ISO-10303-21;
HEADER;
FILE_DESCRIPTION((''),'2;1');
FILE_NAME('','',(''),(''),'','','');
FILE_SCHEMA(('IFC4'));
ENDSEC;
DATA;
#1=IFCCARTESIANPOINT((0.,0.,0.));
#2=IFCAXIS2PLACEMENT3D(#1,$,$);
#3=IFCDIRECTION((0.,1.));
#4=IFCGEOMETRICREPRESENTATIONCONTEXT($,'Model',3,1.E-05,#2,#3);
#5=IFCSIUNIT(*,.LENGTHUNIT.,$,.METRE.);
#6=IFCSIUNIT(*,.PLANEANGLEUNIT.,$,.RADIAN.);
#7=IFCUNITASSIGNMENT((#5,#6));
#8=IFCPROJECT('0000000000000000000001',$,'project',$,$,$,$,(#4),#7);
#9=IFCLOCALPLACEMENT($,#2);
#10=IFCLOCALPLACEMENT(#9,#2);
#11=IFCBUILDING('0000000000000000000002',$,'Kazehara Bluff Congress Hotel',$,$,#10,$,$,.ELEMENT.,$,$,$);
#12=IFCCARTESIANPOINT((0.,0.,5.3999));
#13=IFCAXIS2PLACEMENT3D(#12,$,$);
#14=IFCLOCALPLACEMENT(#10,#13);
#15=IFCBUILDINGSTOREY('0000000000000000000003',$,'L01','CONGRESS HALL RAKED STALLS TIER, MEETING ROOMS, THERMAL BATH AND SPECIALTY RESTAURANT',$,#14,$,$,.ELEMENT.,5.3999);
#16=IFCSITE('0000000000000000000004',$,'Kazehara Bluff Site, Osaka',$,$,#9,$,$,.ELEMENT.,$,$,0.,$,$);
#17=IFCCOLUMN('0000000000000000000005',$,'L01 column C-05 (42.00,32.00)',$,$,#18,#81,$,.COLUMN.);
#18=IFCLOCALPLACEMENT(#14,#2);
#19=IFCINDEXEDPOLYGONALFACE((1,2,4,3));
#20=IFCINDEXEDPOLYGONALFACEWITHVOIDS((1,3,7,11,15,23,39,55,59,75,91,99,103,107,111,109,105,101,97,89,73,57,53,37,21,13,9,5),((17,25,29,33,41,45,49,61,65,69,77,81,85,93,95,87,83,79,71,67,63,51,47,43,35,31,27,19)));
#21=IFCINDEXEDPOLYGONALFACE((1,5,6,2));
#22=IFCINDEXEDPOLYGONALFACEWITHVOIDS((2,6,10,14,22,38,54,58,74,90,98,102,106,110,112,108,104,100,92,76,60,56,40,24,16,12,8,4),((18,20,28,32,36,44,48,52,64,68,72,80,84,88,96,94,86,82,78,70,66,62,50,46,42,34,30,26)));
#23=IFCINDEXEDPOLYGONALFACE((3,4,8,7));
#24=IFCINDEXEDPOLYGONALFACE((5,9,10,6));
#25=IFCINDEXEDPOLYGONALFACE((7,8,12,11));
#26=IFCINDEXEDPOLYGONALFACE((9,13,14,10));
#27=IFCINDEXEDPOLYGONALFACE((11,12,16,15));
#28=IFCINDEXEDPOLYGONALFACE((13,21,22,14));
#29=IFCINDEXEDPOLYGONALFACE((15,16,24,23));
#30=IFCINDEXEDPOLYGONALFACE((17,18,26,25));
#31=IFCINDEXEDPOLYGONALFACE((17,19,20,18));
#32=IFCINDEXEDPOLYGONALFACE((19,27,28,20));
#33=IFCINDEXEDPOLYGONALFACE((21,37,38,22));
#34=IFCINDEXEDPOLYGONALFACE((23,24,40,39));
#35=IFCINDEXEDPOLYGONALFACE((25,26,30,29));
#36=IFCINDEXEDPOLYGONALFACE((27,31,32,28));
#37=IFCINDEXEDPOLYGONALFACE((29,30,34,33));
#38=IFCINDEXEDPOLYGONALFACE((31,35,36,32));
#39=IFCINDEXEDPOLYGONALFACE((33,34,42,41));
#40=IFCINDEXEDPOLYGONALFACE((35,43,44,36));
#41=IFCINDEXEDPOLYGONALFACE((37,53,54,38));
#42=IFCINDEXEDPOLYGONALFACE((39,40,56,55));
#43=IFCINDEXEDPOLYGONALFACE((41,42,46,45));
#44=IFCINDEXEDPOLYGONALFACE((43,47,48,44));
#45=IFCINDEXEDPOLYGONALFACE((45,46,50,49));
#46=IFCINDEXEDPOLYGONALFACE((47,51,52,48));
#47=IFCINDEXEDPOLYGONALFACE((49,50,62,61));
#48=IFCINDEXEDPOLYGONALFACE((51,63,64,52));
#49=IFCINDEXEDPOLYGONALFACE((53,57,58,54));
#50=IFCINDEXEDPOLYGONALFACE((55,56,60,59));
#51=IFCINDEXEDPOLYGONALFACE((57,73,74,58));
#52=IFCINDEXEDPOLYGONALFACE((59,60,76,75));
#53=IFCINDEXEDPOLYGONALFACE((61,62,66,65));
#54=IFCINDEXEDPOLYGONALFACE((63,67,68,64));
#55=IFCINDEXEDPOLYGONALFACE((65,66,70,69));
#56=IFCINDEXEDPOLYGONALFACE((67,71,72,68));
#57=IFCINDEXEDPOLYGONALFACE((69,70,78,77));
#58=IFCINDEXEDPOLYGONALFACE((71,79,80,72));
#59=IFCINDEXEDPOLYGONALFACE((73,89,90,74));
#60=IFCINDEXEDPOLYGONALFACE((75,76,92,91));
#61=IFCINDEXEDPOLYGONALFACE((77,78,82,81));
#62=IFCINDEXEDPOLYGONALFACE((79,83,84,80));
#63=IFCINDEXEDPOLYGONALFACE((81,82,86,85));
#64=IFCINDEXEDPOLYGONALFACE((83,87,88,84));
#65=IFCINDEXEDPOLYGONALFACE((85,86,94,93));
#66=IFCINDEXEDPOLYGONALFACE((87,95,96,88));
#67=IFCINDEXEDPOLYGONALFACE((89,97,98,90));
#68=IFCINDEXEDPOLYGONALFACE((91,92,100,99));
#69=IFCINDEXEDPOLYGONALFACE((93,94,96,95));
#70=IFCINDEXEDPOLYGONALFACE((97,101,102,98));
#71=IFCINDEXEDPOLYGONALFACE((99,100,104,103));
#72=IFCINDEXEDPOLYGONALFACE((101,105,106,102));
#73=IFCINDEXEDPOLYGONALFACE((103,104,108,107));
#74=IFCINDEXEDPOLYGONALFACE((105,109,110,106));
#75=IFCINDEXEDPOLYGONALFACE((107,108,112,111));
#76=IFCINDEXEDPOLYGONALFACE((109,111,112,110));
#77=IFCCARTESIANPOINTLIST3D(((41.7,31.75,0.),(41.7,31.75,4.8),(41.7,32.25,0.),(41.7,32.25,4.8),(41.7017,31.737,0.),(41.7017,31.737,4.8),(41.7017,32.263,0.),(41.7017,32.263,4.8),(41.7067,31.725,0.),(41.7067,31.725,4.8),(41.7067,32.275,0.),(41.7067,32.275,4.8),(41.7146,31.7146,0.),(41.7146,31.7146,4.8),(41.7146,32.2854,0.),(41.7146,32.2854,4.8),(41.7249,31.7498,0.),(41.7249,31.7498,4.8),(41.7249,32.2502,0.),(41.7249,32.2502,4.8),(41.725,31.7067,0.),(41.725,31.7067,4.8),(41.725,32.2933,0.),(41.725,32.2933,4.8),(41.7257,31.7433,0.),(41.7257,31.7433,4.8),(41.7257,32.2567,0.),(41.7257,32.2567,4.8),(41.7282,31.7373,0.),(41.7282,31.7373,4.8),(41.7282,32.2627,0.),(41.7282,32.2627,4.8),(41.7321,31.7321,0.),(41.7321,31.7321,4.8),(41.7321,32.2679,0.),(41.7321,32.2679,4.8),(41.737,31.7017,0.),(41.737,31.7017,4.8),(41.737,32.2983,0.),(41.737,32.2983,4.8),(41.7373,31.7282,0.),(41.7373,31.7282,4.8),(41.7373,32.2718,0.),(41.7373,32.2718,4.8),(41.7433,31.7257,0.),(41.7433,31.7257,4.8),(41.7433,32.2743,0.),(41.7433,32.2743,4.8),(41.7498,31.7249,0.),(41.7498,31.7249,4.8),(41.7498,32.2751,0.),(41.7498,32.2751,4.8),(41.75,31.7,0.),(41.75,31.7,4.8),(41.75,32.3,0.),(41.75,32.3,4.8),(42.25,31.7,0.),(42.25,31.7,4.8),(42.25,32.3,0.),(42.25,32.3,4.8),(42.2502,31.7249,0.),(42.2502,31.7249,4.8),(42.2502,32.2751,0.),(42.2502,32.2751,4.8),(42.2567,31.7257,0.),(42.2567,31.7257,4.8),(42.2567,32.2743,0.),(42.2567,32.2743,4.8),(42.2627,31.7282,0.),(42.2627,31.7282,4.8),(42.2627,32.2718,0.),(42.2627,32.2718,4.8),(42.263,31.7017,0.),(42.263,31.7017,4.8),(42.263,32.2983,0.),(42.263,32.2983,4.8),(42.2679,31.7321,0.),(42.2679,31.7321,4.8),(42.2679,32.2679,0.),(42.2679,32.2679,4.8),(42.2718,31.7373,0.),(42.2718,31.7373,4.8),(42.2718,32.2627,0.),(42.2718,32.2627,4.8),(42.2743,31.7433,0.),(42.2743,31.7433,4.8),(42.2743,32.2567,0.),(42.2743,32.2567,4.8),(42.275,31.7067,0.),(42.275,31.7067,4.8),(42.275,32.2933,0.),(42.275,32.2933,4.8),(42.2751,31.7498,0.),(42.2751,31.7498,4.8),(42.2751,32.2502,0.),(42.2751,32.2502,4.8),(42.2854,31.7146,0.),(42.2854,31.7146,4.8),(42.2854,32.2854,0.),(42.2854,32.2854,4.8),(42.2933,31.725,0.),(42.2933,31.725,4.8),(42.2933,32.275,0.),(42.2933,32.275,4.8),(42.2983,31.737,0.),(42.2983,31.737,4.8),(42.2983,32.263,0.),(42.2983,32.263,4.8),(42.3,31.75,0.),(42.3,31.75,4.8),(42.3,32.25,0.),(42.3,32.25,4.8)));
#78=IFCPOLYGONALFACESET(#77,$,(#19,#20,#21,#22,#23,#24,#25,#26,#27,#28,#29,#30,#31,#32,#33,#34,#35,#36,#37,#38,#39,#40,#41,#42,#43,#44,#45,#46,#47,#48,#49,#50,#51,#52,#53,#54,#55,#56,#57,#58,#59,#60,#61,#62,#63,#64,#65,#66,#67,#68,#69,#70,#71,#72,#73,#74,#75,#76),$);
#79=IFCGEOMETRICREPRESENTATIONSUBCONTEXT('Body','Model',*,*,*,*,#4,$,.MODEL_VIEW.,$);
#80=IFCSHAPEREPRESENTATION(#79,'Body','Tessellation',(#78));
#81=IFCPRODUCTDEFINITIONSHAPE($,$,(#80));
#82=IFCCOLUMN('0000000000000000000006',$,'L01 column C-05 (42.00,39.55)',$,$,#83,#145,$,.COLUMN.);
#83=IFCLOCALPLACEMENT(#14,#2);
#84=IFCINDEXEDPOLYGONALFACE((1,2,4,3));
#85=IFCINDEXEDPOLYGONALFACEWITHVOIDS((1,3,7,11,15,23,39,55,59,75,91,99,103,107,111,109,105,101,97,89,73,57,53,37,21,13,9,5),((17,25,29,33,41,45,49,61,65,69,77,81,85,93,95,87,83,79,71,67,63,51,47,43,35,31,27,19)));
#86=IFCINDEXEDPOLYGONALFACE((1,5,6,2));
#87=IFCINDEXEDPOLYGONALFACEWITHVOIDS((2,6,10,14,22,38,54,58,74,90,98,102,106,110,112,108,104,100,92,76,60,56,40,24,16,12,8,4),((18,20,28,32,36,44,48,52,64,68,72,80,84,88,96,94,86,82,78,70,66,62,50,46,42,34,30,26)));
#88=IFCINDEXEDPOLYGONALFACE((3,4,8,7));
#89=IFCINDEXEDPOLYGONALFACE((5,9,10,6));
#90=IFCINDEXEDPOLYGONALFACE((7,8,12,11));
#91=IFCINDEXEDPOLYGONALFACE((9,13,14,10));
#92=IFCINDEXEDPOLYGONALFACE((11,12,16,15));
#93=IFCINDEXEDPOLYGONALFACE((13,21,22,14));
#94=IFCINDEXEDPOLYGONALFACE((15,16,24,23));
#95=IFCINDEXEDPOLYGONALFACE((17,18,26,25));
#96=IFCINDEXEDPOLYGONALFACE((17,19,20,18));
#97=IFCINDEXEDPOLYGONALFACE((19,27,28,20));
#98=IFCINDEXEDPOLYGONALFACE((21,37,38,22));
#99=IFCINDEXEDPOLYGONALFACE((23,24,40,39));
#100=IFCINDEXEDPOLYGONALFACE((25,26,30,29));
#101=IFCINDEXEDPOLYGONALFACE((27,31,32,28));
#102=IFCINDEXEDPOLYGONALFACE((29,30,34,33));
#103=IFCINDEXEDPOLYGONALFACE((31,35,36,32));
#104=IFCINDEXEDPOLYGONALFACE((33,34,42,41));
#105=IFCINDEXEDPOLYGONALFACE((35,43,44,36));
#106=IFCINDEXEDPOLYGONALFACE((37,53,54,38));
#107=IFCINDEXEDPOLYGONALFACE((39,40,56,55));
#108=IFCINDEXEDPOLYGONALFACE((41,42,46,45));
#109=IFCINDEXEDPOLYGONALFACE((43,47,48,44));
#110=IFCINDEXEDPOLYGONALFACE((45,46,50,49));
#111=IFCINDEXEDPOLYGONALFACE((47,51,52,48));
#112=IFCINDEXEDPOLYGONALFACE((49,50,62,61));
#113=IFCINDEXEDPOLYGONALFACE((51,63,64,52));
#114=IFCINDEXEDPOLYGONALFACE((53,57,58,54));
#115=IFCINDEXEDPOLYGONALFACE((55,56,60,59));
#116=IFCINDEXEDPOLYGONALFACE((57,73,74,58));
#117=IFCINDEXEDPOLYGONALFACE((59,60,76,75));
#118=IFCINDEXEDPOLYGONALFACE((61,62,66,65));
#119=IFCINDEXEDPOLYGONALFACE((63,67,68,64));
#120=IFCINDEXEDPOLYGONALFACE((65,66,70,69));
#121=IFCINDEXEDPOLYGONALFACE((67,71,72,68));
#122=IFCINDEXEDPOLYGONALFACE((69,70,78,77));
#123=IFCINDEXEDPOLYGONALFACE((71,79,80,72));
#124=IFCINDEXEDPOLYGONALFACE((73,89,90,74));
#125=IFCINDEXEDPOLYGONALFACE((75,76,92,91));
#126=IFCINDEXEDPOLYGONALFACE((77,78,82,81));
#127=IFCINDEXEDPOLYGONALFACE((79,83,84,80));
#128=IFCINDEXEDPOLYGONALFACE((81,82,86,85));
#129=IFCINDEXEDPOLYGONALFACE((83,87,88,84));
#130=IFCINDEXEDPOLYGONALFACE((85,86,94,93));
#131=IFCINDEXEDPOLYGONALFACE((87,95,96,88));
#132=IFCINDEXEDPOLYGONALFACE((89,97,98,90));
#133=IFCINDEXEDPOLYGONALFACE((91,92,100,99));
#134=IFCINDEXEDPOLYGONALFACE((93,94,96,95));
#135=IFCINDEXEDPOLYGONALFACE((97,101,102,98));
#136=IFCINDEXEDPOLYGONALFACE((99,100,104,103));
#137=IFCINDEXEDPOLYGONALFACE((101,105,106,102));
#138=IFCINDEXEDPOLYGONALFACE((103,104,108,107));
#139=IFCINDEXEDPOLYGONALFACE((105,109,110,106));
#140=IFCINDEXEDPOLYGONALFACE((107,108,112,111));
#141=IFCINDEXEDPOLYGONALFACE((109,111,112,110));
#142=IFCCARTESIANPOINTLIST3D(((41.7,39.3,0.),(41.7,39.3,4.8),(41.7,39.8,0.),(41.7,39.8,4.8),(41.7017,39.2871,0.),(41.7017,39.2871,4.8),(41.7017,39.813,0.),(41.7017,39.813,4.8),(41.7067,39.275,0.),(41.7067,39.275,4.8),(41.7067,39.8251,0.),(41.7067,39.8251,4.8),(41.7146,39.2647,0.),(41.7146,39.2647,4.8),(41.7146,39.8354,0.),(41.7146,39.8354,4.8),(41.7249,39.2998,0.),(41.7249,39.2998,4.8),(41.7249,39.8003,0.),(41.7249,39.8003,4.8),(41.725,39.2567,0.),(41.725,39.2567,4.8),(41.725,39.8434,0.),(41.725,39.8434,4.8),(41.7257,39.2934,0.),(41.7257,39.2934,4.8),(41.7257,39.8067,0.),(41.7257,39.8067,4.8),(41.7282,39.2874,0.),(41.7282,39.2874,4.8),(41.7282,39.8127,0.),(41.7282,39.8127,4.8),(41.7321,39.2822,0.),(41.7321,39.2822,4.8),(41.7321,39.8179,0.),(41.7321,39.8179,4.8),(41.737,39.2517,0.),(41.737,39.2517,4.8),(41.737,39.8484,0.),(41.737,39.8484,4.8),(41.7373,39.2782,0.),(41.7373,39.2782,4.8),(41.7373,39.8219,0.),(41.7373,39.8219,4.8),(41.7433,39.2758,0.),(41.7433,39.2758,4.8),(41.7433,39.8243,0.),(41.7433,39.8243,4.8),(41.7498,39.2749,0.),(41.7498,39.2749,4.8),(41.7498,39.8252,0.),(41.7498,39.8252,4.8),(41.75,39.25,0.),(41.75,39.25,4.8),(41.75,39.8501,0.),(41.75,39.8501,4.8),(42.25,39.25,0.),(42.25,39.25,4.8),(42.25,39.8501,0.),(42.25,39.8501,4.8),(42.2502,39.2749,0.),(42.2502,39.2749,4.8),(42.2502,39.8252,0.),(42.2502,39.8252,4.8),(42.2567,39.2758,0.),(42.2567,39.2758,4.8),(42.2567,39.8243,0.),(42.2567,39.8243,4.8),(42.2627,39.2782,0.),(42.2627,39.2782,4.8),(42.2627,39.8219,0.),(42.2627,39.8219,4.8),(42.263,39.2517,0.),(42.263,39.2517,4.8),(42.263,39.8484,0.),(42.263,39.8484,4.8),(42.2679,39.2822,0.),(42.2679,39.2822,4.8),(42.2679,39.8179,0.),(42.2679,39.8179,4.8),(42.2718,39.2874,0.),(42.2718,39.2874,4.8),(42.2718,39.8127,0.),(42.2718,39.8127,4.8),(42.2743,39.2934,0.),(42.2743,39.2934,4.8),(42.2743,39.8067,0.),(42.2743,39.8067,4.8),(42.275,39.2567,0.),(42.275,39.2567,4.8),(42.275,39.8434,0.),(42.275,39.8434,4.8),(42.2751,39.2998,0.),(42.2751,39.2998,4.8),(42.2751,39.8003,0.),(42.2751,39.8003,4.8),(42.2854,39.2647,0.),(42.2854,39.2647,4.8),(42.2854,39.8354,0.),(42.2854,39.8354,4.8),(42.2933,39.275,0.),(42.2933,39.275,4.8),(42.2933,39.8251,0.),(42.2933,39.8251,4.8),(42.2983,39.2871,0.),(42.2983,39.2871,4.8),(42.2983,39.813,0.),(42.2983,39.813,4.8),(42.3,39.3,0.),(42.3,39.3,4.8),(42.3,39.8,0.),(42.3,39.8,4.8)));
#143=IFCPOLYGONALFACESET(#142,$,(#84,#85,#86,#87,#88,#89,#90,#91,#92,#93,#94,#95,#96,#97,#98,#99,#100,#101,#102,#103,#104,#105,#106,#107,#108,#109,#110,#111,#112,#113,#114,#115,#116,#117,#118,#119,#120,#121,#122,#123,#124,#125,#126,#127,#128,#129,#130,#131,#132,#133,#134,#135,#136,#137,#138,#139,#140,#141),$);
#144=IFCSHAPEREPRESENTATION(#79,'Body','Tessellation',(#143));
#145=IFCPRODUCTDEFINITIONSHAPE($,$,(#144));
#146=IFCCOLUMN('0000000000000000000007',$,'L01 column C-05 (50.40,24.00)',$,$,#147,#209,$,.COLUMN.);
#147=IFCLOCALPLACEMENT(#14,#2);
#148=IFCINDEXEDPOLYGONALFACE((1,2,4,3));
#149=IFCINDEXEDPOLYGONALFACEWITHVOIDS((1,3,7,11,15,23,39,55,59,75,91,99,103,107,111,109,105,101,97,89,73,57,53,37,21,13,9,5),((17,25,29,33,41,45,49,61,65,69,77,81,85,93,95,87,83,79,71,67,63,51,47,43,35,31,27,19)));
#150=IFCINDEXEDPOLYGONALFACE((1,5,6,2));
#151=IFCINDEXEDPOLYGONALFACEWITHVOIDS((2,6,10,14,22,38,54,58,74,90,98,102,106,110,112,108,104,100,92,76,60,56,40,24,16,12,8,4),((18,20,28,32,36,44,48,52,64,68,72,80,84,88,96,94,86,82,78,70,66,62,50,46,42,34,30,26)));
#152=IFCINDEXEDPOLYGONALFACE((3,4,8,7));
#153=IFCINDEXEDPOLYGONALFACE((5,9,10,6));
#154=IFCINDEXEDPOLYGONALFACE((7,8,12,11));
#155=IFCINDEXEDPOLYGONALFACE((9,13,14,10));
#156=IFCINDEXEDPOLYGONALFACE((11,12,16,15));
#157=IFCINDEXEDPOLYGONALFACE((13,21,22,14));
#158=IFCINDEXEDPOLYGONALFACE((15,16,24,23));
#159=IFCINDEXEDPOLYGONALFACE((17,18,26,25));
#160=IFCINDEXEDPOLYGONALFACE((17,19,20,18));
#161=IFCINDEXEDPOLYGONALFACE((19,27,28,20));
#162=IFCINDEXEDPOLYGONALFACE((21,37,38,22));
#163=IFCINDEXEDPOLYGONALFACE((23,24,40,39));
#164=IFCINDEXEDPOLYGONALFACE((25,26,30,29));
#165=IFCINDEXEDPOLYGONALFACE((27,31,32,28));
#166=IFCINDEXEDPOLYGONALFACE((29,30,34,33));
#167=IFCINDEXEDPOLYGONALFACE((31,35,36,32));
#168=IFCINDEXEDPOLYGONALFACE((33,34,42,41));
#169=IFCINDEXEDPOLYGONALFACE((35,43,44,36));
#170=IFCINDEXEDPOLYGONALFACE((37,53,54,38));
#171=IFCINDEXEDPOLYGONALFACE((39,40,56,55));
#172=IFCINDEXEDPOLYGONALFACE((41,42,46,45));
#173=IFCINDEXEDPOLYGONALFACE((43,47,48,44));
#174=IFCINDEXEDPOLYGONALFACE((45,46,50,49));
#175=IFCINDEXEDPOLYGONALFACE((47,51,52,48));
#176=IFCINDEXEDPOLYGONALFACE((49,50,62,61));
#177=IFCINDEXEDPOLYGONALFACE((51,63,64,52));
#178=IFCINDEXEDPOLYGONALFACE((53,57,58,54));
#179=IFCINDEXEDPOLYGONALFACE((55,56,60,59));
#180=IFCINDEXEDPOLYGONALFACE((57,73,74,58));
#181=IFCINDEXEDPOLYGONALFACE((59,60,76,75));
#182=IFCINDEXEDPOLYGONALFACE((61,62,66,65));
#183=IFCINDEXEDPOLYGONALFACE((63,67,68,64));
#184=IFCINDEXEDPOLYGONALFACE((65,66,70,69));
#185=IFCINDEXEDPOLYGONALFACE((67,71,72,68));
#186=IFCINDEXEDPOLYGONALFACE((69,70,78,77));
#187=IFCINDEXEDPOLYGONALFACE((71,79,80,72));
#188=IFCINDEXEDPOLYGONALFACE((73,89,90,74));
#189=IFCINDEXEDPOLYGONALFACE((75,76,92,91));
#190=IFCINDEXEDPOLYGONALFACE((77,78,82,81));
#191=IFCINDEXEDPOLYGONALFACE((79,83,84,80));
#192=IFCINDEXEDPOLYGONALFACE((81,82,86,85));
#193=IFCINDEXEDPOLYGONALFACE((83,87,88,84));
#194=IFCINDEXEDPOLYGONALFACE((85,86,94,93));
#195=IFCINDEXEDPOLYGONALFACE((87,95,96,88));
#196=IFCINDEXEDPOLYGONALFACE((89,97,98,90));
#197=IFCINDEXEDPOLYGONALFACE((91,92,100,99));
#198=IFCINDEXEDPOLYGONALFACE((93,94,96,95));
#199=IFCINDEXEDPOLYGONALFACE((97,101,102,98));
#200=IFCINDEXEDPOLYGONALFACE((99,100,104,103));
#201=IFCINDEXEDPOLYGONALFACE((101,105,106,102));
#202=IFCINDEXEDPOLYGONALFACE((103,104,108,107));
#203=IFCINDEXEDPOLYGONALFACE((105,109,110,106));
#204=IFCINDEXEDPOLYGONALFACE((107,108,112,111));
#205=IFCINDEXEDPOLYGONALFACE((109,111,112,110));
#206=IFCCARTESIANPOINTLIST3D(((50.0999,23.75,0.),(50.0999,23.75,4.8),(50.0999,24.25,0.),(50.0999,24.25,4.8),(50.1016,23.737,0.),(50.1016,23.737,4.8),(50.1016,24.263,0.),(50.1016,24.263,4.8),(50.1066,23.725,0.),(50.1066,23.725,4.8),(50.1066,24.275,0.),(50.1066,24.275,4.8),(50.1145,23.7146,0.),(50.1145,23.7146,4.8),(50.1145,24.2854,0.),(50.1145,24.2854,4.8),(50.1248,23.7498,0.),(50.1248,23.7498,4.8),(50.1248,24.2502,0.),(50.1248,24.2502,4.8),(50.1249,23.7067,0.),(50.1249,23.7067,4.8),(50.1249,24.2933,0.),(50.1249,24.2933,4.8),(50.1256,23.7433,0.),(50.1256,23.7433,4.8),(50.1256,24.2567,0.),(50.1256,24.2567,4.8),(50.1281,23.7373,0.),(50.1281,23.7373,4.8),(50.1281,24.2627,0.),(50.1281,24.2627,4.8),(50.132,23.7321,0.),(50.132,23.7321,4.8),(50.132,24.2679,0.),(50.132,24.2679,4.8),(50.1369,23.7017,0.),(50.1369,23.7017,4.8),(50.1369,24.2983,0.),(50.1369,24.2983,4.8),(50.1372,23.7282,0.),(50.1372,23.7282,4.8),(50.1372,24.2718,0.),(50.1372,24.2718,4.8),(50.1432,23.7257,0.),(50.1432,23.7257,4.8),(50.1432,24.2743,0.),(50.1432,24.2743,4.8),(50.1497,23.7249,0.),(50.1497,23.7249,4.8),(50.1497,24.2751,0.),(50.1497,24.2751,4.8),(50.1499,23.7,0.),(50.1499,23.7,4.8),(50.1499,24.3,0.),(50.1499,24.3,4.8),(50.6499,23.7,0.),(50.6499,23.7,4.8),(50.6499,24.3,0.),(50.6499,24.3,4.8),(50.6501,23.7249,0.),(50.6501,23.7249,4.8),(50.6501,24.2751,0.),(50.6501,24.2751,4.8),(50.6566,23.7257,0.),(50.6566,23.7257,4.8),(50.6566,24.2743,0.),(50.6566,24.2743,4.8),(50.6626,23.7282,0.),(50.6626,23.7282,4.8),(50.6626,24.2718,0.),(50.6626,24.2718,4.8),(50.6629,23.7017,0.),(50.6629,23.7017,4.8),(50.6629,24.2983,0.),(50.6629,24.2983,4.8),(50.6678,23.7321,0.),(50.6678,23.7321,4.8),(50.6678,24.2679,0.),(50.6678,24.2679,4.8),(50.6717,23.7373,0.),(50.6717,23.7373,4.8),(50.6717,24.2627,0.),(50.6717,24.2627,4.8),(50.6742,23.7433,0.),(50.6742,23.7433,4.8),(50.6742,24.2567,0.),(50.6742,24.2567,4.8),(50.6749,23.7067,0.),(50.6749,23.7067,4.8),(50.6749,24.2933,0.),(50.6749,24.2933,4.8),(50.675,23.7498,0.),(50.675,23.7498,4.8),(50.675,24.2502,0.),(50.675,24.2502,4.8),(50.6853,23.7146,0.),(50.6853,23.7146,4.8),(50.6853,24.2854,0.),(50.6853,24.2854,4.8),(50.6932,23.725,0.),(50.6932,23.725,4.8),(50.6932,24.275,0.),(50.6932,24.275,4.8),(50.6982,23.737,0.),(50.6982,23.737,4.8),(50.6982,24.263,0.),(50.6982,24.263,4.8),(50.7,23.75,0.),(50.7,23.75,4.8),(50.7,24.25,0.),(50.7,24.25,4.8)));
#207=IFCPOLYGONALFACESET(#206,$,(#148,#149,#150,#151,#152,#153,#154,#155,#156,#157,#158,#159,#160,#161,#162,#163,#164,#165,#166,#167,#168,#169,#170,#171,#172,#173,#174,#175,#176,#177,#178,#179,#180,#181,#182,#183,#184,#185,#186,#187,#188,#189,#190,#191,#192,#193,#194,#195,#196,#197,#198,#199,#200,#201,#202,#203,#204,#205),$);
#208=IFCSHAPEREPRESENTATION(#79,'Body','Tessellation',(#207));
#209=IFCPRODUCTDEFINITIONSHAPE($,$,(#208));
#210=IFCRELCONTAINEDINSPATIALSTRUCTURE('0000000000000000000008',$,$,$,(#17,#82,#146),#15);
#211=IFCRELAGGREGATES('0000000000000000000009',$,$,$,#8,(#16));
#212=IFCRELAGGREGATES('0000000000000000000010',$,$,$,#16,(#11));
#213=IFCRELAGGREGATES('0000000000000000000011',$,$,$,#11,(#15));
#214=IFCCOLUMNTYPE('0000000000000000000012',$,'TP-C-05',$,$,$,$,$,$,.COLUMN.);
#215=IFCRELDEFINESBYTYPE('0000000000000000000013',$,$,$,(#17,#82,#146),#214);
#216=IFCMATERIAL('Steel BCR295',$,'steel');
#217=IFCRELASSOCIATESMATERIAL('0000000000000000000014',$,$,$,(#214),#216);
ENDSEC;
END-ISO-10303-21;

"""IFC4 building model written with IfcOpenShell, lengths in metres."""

from ifc_helpers import new_model, si_unit, direction, frame, origin, origin_2d, place, context, subcontext, project, spatial, hollow_rectangle, extrude, material, material_profile, profile_set, type_object, element, save


model = new_model("IFC4")

# Units and contexts
model_context = context("Model", 3, precision=1e-05, world=origin(), true_north=direction((0.0, 1.0)))
body_context = subcontext(model_context, "Body", "Model", "MODEL_VIEW")
ifc_project = project(units=[si_unit("LENGTHUNIT", "METRE"), si_unit("PLANEANGLEUNIT", "RADIAN")], contexts=[model_context])

# Site, building, storey
site_placement = place(None, origin())
site = spatial("IfcSite", under=ifc_project, at=site_placement, Name="Kazehara Bluff Site, Osaka", CompositionType="ELEMENT", RefElevation=0.0)
building_placement = place(site_placement, origin())
building = spatial("IfcBuilding", under=site, at=building_placement, Name="Kazehara Bluff Congress Hotel", CompositionType="ELEMENT")
storey_placement = place(building_placement, frame((0.0, 0.0, 5.3999)))
storey = spatial("IfcBuildingStorey", under=building, at=storey_placement, Name="L01", Description="CONGRESS HALL RAKED STALLS TIER, MEETING ROOMS, THERMAL BATH AND SPECIALTY RESTAURANT", CompositionType="ELEMENT", Elevation=5.3999)

# Columns
ifc_material_1 = material(Name="Steel BCR295", Category="steel")
ifc_material_profile_1 = material_profile(ifc_material_1, hollow_rectangle(XDim=0.6001, YDim=0.6001, WallThickness=0.0249, InnerFilletRadius=0.0249, OuterFilletRadius=0.05, at=origin_2d()))
ifc_profile_set_1 = profile_set([ifc_material_profile_1], Name="Steel BCR295")
column_type = type_object("IfcColumnType", Name="TP-C-05", PredefinedType="COLUMN", material=ifc_profile_set_1)
for number, where, z_axis, x_axis, name in (
    (1, (42.0, 32.0, 0.0), (0.0, 0.0, 1.0), (1.0, 0.0, 0.0), "L01 column C-05 (42.00,32.00)"),
    (2, (42.0, 39.55, 0.0), (0.0, 0.0, 1.0), (1.0, 0.0, 0.0), "L01 column C-05 (42.00,39.55)"),
    (3, (50.3999, 24.0, 0.0), (0.0, 0.0, 1.0), (1.0, 0.0, 0.0), "L01 column C-05 (50.40,24.00)"),
):
    element("IfcColumn", number, at=place(storey_placement, frame(where, z_axis=z_axis, x_axis=x_axis)), inside=storey, type_object=column_type, Name=name, PredefinedType="COLUMN", context=body_context, shape_type="SweptSolid", body=[
        extrude(hollow_rectangle(XDim=0.6001, YDim=0.6001, WallThickness=0.0249, InnerFilletRadius=0.0249, OuterFilletRadius=0.05, at=origin_2d()), origin(), (0.0, 0.0, 1.0), 4.8),
    ])

save(model, "model.ifc")
